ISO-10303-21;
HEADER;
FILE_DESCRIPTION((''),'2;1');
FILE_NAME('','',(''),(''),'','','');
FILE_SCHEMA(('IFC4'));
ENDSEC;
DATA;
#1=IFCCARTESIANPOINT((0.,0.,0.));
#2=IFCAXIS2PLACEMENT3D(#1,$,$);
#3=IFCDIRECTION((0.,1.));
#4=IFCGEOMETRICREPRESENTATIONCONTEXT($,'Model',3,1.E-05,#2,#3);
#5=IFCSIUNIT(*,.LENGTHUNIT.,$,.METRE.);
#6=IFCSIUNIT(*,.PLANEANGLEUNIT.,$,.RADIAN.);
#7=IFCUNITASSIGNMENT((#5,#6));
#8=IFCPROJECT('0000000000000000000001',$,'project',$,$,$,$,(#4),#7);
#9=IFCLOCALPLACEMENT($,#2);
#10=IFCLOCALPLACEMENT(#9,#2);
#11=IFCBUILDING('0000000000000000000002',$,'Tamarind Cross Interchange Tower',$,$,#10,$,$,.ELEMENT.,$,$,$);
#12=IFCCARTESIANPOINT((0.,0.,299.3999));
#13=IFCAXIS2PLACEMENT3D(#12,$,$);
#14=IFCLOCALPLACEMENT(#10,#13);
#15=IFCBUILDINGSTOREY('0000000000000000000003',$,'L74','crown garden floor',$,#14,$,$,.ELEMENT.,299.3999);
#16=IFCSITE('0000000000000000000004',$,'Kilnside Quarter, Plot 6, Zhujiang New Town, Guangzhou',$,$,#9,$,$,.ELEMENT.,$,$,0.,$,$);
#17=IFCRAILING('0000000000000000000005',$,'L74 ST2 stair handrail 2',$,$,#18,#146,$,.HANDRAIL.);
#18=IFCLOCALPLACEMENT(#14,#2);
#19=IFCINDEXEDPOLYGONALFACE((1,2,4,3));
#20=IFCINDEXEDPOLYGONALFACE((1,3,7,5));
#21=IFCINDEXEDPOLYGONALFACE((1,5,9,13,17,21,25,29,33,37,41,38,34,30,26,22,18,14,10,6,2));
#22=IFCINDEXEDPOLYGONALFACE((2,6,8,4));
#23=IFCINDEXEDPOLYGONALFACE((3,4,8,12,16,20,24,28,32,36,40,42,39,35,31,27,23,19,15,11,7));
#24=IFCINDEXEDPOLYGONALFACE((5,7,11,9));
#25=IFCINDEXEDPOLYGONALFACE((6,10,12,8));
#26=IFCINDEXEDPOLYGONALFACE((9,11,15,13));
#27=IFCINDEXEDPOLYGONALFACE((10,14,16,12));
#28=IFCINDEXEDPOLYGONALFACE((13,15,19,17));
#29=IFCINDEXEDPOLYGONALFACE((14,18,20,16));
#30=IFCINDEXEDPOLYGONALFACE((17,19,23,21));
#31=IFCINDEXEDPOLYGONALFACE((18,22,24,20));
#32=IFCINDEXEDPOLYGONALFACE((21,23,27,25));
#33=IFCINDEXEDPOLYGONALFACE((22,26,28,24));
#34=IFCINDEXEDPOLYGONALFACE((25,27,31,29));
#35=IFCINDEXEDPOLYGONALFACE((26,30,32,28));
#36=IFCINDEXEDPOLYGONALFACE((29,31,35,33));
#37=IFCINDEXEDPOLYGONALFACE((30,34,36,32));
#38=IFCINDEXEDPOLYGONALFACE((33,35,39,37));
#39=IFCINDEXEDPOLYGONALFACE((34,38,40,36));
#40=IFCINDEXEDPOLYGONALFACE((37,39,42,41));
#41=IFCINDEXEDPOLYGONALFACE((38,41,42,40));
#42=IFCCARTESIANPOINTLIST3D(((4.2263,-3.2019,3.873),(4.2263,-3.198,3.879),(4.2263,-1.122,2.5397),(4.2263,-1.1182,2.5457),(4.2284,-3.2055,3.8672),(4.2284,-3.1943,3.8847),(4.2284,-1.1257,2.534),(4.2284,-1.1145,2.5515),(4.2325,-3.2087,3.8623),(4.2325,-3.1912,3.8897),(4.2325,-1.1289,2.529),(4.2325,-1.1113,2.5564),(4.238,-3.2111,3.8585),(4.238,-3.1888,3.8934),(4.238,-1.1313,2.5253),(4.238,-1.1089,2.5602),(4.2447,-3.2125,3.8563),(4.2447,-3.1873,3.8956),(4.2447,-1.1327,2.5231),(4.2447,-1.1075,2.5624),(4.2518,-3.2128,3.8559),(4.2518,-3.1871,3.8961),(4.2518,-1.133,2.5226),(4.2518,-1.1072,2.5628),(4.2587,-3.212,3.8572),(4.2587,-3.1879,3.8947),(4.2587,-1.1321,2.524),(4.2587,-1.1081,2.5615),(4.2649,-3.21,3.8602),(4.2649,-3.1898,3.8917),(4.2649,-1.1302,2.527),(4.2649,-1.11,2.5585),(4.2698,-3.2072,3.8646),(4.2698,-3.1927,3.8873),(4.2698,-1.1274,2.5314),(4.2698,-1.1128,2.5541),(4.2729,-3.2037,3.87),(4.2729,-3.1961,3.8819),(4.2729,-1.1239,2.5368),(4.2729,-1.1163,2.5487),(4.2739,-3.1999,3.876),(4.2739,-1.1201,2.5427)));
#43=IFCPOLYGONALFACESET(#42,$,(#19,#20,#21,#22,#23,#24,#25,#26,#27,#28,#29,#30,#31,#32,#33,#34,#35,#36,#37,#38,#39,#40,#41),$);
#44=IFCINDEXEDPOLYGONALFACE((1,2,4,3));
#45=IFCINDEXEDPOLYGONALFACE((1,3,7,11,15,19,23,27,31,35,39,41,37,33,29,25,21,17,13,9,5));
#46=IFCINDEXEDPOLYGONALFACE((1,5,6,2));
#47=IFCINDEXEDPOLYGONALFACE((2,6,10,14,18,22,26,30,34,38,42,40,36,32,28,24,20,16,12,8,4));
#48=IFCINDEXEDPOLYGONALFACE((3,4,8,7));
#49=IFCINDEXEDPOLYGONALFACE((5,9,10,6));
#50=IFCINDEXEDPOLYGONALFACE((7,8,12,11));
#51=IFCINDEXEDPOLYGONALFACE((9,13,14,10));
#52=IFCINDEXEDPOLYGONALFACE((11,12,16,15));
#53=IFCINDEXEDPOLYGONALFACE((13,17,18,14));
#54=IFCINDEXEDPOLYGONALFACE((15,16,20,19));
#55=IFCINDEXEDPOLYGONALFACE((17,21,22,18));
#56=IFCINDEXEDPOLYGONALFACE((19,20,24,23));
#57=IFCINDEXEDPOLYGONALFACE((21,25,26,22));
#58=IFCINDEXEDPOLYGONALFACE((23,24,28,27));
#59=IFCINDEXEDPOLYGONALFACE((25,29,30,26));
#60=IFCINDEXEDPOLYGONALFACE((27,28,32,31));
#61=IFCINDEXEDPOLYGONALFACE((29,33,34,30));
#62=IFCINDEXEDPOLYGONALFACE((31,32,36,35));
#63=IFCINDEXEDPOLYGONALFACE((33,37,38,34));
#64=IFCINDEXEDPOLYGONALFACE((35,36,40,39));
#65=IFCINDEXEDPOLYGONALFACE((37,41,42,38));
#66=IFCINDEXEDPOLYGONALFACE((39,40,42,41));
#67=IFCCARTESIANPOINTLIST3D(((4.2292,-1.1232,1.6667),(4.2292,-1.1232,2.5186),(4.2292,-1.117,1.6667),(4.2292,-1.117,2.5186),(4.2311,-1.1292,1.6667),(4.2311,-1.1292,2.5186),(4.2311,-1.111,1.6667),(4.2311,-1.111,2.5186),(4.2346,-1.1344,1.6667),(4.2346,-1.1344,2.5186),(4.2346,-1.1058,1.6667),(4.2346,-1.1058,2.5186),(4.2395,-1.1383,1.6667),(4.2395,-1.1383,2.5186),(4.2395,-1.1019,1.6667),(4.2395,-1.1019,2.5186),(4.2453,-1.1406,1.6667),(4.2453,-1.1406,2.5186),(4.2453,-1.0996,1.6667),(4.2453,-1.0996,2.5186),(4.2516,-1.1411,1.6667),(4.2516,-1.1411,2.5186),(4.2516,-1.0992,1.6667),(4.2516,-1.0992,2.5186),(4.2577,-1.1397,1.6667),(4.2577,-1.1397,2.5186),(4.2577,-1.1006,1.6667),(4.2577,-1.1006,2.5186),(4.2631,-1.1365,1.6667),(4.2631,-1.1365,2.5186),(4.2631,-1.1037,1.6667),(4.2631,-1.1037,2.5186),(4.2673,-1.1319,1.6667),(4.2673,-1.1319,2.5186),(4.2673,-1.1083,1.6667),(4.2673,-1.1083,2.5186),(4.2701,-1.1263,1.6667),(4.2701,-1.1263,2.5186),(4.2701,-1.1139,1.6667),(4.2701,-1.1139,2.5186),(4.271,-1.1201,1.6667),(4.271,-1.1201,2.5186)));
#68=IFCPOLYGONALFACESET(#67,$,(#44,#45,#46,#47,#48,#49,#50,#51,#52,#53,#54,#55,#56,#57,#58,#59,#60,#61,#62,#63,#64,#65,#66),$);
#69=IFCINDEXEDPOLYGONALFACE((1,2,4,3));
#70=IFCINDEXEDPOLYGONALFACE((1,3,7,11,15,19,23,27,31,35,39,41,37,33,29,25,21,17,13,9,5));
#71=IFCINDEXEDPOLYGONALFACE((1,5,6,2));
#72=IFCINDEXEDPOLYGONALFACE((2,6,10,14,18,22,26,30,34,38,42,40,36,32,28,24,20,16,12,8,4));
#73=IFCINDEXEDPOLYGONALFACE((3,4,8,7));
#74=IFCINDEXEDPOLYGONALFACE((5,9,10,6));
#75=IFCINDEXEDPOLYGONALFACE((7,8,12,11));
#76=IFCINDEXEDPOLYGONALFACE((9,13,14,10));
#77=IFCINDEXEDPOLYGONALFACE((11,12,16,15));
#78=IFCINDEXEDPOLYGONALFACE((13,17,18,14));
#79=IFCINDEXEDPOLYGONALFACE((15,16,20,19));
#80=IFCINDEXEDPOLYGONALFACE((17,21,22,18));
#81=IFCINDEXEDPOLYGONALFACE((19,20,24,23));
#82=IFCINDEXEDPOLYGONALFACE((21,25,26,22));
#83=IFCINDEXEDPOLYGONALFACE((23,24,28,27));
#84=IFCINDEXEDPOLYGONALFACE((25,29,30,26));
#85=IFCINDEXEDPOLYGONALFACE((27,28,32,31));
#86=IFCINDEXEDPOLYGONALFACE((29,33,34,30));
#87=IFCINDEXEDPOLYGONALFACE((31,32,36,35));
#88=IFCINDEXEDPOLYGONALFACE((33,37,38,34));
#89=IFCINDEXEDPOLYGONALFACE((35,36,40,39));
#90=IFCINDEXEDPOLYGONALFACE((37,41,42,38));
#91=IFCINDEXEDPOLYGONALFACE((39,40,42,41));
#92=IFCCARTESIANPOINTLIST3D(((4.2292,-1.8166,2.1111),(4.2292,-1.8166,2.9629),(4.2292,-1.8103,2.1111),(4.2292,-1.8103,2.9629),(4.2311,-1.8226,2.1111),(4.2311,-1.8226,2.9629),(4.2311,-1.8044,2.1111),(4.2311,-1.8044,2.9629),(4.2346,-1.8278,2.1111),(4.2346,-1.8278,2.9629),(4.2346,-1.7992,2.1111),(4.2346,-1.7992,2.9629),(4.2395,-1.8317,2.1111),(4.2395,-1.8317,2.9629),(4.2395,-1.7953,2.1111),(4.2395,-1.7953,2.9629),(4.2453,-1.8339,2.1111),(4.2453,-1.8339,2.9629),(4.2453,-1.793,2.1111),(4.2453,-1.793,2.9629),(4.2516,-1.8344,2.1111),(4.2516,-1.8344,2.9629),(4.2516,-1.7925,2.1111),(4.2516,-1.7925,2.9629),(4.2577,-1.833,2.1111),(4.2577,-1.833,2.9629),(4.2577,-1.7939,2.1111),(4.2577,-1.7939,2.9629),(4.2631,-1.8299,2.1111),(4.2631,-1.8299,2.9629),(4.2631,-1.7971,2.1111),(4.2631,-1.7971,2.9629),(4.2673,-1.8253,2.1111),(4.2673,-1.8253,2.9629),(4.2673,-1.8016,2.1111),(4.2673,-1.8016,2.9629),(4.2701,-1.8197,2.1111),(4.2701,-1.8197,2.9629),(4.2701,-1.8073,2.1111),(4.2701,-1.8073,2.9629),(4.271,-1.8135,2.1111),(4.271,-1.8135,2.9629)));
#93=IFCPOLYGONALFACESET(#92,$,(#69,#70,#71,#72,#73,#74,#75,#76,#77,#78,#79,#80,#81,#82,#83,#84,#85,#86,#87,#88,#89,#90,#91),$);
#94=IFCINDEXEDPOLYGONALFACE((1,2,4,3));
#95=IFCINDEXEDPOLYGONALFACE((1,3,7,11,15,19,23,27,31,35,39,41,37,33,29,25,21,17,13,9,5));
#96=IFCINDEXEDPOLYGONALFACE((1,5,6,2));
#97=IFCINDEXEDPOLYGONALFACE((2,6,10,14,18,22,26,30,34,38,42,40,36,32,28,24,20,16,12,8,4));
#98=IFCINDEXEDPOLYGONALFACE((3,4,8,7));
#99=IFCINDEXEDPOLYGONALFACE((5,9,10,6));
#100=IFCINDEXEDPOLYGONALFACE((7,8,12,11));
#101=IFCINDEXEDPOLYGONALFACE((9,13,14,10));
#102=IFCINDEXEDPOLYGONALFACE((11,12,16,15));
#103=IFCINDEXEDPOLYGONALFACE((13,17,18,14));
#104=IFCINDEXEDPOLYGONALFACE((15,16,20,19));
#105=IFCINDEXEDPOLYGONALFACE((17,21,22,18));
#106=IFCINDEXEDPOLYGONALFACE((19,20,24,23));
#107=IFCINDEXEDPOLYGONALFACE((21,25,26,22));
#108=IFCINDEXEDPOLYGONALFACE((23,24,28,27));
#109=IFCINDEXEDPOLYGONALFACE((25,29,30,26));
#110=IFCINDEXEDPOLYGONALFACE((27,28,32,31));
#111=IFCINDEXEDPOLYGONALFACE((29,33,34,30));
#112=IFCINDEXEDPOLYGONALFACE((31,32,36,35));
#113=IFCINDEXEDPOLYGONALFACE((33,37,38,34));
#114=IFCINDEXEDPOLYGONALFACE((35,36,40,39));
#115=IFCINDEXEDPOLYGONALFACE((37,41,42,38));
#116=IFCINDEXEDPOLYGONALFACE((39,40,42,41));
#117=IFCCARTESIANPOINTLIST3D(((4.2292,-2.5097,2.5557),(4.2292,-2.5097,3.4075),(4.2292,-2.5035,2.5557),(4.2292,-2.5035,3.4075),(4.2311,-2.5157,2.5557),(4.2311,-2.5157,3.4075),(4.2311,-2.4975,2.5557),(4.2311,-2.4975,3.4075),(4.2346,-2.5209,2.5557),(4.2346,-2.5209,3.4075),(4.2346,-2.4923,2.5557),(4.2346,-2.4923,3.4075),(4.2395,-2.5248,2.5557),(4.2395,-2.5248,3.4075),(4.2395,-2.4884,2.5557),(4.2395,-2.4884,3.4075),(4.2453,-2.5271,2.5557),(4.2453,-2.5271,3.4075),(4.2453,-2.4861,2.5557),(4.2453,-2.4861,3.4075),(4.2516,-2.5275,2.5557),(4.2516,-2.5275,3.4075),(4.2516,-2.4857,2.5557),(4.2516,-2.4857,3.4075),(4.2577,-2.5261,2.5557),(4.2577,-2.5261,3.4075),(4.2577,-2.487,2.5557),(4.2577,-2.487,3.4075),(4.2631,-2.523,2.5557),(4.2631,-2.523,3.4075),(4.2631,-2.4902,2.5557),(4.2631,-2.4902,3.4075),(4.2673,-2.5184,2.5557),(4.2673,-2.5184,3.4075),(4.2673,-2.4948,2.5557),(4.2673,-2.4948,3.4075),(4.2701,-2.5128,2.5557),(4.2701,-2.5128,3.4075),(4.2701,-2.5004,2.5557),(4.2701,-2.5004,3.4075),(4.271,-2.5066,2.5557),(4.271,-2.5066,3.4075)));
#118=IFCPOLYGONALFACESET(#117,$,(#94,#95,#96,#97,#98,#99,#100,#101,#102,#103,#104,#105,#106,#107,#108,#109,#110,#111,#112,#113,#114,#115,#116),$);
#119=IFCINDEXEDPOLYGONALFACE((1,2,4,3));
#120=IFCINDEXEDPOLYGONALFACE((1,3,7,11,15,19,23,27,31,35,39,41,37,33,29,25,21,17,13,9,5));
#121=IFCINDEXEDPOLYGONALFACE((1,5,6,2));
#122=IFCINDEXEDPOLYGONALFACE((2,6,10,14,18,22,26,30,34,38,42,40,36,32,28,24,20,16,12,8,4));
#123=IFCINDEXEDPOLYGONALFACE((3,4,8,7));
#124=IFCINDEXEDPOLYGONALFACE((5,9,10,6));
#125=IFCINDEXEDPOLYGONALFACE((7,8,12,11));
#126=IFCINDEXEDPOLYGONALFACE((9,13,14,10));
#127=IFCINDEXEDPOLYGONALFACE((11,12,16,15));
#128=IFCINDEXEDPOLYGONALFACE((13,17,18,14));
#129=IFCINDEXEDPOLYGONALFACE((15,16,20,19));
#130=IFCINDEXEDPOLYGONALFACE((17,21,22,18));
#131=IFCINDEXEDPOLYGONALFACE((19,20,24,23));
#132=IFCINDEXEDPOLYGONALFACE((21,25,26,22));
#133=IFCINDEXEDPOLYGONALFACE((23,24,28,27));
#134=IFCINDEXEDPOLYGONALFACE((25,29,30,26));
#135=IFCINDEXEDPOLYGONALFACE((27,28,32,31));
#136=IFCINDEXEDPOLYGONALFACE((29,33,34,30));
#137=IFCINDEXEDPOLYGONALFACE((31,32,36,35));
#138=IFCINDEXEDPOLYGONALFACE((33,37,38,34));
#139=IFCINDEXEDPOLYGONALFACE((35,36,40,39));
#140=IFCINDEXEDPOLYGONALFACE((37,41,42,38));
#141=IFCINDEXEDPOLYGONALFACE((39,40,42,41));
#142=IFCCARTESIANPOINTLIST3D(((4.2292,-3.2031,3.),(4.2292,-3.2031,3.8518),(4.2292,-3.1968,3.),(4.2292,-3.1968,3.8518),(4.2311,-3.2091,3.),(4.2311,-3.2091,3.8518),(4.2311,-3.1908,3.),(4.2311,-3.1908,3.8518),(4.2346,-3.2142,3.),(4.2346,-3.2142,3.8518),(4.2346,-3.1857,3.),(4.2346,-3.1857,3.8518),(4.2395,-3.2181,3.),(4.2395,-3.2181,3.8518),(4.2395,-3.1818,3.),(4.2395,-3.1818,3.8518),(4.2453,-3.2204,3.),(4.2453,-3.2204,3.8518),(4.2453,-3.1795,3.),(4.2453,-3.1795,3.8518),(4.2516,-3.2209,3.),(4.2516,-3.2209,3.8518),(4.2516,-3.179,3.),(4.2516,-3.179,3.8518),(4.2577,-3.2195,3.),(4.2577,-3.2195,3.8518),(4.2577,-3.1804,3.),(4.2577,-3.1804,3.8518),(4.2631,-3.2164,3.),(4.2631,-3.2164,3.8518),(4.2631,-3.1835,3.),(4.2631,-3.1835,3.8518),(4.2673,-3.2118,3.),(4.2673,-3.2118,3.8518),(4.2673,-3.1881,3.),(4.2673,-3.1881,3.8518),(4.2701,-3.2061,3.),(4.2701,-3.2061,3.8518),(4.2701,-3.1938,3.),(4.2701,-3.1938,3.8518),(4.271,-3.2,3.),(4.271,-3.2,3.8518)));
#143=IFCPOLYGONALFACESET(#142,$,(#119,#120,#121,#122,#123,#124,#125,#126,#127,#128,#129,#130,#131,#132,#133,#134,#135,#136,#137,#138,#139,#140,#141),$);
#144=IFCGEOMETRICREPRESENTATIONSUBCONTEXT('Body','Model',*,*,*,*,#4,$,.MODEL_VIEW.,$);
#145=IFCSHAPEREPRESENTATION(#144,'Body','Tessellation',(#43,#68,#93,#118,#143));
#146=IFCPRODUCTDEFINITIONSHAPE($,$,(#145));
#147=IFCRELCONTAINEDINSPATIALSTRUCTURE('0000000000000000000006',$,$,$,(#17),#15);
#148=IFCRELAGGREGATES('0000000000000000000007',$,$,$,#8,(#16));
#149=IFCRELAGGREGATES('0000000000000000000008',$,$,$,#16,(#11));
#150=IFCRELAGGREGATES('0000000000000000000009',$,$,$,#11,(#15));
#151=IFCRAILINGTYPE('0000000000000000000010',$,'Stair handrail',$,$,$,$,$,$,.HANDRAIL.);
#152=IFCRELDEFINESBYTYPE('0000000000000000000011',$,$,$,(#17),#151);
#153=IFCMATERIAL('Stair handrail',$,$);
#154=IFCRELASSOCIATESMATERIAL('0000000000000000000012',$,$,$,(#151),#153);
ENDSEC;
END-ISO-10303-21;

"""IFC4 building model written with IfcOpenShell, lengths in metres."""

from ifc_helpers import new_model, si_unit, direction, frame, origin, origin_2d, place, context, subcontext, project, spatial, circle, extrude, material, type_object, element, save


model = new_model("IFC4")

# Units and contexts
model_context = context("Model", 3, precision=1e-05, world=origin(), true_north=direction((0.0, 1.0)))
body_context = subcontext(model_context, "Body", "Model", "MODEL_VIEW")
ifc_project = project(units=[si_unit("LENGTHUNIT", "METRE"), si_unit("PLANEANGLEUNIT", "RADIAN")], contexts=[model_context])

# Site, building, storey
site_placement = place(None, origin())
site = spatial("IfcSite", under=ifc_project, at=site_placement, Name="Kilnside Quarter, Plot 6, Zhujiang New Town, Guangzhou", CompositionType="ELEMENT", RefElevation=0.0)
building_placement = place(site_placement, origin())
building = spatial("IfcBuilding", under=site, at=building_placement, Name="Tamarind Cross Interchange Tower", CompositionType="ELEMENT")
storey_placement = place(building_placement, frame((0.0, 0.0, 299.3999)))
storey = spatial("IfcBuildingStorey", under=building, at=storey_placement, Name="L74", Description="crown garden floor", CompositionType="ELEMENT", Elevation=299.3999)

# Railing
ifc_material_1 = material(Name="Stair handrail")
railing_type_1 = type_object("IfcRailingType", Name="Stair handrail", PredefinedType="HANDRAIL", material=ifc_material_1)
railing_1_placement = place(storey_placement, frame((4.25, -1.1201, 1.6667)))
element("IfcRailing", 1, at=railing_1_placement, inside=storey, type_object=railing_type_1, Name="L74 ST2 stair handrail 2", PredefinedType="HANDRAIL", context=body_context, shape_type="SweptSolid", body=[
    extrude(circle(Radius=0.0239, at=origin_2d()), frame((0.0, 0.0, 0.876), z_axis=(0.0, -0.841875, 0.539673), x_axis=(1.0, 0.0, 0.0)), (0.0, 0.0, 1.0), 2.4705),
    extrude(circle(Radius=0.021, at=origin_2d()), origin(), (0.0, 0.0, 1.0), 0.8518),
    extrude(circle(Radius=0.021, at=origin_2d()), frame((0.0, -0.6934, 0.4443)), (0.0, 0.0, 1.0), 0.8518),
    extrude(circle(Radius=0.021, at=origin_2d()), frame((0.0, -1.3865, 0.8889)), (0.0, 0.0, 1.0), 0.8518),
    extrude(circle(Radius=0.021, at=origin_2d()), frame((0.0, -2.0798, 1.3333)), (0.0, 0.0, 1.0), 0.8518),
])

save(model, "model.ifc")
